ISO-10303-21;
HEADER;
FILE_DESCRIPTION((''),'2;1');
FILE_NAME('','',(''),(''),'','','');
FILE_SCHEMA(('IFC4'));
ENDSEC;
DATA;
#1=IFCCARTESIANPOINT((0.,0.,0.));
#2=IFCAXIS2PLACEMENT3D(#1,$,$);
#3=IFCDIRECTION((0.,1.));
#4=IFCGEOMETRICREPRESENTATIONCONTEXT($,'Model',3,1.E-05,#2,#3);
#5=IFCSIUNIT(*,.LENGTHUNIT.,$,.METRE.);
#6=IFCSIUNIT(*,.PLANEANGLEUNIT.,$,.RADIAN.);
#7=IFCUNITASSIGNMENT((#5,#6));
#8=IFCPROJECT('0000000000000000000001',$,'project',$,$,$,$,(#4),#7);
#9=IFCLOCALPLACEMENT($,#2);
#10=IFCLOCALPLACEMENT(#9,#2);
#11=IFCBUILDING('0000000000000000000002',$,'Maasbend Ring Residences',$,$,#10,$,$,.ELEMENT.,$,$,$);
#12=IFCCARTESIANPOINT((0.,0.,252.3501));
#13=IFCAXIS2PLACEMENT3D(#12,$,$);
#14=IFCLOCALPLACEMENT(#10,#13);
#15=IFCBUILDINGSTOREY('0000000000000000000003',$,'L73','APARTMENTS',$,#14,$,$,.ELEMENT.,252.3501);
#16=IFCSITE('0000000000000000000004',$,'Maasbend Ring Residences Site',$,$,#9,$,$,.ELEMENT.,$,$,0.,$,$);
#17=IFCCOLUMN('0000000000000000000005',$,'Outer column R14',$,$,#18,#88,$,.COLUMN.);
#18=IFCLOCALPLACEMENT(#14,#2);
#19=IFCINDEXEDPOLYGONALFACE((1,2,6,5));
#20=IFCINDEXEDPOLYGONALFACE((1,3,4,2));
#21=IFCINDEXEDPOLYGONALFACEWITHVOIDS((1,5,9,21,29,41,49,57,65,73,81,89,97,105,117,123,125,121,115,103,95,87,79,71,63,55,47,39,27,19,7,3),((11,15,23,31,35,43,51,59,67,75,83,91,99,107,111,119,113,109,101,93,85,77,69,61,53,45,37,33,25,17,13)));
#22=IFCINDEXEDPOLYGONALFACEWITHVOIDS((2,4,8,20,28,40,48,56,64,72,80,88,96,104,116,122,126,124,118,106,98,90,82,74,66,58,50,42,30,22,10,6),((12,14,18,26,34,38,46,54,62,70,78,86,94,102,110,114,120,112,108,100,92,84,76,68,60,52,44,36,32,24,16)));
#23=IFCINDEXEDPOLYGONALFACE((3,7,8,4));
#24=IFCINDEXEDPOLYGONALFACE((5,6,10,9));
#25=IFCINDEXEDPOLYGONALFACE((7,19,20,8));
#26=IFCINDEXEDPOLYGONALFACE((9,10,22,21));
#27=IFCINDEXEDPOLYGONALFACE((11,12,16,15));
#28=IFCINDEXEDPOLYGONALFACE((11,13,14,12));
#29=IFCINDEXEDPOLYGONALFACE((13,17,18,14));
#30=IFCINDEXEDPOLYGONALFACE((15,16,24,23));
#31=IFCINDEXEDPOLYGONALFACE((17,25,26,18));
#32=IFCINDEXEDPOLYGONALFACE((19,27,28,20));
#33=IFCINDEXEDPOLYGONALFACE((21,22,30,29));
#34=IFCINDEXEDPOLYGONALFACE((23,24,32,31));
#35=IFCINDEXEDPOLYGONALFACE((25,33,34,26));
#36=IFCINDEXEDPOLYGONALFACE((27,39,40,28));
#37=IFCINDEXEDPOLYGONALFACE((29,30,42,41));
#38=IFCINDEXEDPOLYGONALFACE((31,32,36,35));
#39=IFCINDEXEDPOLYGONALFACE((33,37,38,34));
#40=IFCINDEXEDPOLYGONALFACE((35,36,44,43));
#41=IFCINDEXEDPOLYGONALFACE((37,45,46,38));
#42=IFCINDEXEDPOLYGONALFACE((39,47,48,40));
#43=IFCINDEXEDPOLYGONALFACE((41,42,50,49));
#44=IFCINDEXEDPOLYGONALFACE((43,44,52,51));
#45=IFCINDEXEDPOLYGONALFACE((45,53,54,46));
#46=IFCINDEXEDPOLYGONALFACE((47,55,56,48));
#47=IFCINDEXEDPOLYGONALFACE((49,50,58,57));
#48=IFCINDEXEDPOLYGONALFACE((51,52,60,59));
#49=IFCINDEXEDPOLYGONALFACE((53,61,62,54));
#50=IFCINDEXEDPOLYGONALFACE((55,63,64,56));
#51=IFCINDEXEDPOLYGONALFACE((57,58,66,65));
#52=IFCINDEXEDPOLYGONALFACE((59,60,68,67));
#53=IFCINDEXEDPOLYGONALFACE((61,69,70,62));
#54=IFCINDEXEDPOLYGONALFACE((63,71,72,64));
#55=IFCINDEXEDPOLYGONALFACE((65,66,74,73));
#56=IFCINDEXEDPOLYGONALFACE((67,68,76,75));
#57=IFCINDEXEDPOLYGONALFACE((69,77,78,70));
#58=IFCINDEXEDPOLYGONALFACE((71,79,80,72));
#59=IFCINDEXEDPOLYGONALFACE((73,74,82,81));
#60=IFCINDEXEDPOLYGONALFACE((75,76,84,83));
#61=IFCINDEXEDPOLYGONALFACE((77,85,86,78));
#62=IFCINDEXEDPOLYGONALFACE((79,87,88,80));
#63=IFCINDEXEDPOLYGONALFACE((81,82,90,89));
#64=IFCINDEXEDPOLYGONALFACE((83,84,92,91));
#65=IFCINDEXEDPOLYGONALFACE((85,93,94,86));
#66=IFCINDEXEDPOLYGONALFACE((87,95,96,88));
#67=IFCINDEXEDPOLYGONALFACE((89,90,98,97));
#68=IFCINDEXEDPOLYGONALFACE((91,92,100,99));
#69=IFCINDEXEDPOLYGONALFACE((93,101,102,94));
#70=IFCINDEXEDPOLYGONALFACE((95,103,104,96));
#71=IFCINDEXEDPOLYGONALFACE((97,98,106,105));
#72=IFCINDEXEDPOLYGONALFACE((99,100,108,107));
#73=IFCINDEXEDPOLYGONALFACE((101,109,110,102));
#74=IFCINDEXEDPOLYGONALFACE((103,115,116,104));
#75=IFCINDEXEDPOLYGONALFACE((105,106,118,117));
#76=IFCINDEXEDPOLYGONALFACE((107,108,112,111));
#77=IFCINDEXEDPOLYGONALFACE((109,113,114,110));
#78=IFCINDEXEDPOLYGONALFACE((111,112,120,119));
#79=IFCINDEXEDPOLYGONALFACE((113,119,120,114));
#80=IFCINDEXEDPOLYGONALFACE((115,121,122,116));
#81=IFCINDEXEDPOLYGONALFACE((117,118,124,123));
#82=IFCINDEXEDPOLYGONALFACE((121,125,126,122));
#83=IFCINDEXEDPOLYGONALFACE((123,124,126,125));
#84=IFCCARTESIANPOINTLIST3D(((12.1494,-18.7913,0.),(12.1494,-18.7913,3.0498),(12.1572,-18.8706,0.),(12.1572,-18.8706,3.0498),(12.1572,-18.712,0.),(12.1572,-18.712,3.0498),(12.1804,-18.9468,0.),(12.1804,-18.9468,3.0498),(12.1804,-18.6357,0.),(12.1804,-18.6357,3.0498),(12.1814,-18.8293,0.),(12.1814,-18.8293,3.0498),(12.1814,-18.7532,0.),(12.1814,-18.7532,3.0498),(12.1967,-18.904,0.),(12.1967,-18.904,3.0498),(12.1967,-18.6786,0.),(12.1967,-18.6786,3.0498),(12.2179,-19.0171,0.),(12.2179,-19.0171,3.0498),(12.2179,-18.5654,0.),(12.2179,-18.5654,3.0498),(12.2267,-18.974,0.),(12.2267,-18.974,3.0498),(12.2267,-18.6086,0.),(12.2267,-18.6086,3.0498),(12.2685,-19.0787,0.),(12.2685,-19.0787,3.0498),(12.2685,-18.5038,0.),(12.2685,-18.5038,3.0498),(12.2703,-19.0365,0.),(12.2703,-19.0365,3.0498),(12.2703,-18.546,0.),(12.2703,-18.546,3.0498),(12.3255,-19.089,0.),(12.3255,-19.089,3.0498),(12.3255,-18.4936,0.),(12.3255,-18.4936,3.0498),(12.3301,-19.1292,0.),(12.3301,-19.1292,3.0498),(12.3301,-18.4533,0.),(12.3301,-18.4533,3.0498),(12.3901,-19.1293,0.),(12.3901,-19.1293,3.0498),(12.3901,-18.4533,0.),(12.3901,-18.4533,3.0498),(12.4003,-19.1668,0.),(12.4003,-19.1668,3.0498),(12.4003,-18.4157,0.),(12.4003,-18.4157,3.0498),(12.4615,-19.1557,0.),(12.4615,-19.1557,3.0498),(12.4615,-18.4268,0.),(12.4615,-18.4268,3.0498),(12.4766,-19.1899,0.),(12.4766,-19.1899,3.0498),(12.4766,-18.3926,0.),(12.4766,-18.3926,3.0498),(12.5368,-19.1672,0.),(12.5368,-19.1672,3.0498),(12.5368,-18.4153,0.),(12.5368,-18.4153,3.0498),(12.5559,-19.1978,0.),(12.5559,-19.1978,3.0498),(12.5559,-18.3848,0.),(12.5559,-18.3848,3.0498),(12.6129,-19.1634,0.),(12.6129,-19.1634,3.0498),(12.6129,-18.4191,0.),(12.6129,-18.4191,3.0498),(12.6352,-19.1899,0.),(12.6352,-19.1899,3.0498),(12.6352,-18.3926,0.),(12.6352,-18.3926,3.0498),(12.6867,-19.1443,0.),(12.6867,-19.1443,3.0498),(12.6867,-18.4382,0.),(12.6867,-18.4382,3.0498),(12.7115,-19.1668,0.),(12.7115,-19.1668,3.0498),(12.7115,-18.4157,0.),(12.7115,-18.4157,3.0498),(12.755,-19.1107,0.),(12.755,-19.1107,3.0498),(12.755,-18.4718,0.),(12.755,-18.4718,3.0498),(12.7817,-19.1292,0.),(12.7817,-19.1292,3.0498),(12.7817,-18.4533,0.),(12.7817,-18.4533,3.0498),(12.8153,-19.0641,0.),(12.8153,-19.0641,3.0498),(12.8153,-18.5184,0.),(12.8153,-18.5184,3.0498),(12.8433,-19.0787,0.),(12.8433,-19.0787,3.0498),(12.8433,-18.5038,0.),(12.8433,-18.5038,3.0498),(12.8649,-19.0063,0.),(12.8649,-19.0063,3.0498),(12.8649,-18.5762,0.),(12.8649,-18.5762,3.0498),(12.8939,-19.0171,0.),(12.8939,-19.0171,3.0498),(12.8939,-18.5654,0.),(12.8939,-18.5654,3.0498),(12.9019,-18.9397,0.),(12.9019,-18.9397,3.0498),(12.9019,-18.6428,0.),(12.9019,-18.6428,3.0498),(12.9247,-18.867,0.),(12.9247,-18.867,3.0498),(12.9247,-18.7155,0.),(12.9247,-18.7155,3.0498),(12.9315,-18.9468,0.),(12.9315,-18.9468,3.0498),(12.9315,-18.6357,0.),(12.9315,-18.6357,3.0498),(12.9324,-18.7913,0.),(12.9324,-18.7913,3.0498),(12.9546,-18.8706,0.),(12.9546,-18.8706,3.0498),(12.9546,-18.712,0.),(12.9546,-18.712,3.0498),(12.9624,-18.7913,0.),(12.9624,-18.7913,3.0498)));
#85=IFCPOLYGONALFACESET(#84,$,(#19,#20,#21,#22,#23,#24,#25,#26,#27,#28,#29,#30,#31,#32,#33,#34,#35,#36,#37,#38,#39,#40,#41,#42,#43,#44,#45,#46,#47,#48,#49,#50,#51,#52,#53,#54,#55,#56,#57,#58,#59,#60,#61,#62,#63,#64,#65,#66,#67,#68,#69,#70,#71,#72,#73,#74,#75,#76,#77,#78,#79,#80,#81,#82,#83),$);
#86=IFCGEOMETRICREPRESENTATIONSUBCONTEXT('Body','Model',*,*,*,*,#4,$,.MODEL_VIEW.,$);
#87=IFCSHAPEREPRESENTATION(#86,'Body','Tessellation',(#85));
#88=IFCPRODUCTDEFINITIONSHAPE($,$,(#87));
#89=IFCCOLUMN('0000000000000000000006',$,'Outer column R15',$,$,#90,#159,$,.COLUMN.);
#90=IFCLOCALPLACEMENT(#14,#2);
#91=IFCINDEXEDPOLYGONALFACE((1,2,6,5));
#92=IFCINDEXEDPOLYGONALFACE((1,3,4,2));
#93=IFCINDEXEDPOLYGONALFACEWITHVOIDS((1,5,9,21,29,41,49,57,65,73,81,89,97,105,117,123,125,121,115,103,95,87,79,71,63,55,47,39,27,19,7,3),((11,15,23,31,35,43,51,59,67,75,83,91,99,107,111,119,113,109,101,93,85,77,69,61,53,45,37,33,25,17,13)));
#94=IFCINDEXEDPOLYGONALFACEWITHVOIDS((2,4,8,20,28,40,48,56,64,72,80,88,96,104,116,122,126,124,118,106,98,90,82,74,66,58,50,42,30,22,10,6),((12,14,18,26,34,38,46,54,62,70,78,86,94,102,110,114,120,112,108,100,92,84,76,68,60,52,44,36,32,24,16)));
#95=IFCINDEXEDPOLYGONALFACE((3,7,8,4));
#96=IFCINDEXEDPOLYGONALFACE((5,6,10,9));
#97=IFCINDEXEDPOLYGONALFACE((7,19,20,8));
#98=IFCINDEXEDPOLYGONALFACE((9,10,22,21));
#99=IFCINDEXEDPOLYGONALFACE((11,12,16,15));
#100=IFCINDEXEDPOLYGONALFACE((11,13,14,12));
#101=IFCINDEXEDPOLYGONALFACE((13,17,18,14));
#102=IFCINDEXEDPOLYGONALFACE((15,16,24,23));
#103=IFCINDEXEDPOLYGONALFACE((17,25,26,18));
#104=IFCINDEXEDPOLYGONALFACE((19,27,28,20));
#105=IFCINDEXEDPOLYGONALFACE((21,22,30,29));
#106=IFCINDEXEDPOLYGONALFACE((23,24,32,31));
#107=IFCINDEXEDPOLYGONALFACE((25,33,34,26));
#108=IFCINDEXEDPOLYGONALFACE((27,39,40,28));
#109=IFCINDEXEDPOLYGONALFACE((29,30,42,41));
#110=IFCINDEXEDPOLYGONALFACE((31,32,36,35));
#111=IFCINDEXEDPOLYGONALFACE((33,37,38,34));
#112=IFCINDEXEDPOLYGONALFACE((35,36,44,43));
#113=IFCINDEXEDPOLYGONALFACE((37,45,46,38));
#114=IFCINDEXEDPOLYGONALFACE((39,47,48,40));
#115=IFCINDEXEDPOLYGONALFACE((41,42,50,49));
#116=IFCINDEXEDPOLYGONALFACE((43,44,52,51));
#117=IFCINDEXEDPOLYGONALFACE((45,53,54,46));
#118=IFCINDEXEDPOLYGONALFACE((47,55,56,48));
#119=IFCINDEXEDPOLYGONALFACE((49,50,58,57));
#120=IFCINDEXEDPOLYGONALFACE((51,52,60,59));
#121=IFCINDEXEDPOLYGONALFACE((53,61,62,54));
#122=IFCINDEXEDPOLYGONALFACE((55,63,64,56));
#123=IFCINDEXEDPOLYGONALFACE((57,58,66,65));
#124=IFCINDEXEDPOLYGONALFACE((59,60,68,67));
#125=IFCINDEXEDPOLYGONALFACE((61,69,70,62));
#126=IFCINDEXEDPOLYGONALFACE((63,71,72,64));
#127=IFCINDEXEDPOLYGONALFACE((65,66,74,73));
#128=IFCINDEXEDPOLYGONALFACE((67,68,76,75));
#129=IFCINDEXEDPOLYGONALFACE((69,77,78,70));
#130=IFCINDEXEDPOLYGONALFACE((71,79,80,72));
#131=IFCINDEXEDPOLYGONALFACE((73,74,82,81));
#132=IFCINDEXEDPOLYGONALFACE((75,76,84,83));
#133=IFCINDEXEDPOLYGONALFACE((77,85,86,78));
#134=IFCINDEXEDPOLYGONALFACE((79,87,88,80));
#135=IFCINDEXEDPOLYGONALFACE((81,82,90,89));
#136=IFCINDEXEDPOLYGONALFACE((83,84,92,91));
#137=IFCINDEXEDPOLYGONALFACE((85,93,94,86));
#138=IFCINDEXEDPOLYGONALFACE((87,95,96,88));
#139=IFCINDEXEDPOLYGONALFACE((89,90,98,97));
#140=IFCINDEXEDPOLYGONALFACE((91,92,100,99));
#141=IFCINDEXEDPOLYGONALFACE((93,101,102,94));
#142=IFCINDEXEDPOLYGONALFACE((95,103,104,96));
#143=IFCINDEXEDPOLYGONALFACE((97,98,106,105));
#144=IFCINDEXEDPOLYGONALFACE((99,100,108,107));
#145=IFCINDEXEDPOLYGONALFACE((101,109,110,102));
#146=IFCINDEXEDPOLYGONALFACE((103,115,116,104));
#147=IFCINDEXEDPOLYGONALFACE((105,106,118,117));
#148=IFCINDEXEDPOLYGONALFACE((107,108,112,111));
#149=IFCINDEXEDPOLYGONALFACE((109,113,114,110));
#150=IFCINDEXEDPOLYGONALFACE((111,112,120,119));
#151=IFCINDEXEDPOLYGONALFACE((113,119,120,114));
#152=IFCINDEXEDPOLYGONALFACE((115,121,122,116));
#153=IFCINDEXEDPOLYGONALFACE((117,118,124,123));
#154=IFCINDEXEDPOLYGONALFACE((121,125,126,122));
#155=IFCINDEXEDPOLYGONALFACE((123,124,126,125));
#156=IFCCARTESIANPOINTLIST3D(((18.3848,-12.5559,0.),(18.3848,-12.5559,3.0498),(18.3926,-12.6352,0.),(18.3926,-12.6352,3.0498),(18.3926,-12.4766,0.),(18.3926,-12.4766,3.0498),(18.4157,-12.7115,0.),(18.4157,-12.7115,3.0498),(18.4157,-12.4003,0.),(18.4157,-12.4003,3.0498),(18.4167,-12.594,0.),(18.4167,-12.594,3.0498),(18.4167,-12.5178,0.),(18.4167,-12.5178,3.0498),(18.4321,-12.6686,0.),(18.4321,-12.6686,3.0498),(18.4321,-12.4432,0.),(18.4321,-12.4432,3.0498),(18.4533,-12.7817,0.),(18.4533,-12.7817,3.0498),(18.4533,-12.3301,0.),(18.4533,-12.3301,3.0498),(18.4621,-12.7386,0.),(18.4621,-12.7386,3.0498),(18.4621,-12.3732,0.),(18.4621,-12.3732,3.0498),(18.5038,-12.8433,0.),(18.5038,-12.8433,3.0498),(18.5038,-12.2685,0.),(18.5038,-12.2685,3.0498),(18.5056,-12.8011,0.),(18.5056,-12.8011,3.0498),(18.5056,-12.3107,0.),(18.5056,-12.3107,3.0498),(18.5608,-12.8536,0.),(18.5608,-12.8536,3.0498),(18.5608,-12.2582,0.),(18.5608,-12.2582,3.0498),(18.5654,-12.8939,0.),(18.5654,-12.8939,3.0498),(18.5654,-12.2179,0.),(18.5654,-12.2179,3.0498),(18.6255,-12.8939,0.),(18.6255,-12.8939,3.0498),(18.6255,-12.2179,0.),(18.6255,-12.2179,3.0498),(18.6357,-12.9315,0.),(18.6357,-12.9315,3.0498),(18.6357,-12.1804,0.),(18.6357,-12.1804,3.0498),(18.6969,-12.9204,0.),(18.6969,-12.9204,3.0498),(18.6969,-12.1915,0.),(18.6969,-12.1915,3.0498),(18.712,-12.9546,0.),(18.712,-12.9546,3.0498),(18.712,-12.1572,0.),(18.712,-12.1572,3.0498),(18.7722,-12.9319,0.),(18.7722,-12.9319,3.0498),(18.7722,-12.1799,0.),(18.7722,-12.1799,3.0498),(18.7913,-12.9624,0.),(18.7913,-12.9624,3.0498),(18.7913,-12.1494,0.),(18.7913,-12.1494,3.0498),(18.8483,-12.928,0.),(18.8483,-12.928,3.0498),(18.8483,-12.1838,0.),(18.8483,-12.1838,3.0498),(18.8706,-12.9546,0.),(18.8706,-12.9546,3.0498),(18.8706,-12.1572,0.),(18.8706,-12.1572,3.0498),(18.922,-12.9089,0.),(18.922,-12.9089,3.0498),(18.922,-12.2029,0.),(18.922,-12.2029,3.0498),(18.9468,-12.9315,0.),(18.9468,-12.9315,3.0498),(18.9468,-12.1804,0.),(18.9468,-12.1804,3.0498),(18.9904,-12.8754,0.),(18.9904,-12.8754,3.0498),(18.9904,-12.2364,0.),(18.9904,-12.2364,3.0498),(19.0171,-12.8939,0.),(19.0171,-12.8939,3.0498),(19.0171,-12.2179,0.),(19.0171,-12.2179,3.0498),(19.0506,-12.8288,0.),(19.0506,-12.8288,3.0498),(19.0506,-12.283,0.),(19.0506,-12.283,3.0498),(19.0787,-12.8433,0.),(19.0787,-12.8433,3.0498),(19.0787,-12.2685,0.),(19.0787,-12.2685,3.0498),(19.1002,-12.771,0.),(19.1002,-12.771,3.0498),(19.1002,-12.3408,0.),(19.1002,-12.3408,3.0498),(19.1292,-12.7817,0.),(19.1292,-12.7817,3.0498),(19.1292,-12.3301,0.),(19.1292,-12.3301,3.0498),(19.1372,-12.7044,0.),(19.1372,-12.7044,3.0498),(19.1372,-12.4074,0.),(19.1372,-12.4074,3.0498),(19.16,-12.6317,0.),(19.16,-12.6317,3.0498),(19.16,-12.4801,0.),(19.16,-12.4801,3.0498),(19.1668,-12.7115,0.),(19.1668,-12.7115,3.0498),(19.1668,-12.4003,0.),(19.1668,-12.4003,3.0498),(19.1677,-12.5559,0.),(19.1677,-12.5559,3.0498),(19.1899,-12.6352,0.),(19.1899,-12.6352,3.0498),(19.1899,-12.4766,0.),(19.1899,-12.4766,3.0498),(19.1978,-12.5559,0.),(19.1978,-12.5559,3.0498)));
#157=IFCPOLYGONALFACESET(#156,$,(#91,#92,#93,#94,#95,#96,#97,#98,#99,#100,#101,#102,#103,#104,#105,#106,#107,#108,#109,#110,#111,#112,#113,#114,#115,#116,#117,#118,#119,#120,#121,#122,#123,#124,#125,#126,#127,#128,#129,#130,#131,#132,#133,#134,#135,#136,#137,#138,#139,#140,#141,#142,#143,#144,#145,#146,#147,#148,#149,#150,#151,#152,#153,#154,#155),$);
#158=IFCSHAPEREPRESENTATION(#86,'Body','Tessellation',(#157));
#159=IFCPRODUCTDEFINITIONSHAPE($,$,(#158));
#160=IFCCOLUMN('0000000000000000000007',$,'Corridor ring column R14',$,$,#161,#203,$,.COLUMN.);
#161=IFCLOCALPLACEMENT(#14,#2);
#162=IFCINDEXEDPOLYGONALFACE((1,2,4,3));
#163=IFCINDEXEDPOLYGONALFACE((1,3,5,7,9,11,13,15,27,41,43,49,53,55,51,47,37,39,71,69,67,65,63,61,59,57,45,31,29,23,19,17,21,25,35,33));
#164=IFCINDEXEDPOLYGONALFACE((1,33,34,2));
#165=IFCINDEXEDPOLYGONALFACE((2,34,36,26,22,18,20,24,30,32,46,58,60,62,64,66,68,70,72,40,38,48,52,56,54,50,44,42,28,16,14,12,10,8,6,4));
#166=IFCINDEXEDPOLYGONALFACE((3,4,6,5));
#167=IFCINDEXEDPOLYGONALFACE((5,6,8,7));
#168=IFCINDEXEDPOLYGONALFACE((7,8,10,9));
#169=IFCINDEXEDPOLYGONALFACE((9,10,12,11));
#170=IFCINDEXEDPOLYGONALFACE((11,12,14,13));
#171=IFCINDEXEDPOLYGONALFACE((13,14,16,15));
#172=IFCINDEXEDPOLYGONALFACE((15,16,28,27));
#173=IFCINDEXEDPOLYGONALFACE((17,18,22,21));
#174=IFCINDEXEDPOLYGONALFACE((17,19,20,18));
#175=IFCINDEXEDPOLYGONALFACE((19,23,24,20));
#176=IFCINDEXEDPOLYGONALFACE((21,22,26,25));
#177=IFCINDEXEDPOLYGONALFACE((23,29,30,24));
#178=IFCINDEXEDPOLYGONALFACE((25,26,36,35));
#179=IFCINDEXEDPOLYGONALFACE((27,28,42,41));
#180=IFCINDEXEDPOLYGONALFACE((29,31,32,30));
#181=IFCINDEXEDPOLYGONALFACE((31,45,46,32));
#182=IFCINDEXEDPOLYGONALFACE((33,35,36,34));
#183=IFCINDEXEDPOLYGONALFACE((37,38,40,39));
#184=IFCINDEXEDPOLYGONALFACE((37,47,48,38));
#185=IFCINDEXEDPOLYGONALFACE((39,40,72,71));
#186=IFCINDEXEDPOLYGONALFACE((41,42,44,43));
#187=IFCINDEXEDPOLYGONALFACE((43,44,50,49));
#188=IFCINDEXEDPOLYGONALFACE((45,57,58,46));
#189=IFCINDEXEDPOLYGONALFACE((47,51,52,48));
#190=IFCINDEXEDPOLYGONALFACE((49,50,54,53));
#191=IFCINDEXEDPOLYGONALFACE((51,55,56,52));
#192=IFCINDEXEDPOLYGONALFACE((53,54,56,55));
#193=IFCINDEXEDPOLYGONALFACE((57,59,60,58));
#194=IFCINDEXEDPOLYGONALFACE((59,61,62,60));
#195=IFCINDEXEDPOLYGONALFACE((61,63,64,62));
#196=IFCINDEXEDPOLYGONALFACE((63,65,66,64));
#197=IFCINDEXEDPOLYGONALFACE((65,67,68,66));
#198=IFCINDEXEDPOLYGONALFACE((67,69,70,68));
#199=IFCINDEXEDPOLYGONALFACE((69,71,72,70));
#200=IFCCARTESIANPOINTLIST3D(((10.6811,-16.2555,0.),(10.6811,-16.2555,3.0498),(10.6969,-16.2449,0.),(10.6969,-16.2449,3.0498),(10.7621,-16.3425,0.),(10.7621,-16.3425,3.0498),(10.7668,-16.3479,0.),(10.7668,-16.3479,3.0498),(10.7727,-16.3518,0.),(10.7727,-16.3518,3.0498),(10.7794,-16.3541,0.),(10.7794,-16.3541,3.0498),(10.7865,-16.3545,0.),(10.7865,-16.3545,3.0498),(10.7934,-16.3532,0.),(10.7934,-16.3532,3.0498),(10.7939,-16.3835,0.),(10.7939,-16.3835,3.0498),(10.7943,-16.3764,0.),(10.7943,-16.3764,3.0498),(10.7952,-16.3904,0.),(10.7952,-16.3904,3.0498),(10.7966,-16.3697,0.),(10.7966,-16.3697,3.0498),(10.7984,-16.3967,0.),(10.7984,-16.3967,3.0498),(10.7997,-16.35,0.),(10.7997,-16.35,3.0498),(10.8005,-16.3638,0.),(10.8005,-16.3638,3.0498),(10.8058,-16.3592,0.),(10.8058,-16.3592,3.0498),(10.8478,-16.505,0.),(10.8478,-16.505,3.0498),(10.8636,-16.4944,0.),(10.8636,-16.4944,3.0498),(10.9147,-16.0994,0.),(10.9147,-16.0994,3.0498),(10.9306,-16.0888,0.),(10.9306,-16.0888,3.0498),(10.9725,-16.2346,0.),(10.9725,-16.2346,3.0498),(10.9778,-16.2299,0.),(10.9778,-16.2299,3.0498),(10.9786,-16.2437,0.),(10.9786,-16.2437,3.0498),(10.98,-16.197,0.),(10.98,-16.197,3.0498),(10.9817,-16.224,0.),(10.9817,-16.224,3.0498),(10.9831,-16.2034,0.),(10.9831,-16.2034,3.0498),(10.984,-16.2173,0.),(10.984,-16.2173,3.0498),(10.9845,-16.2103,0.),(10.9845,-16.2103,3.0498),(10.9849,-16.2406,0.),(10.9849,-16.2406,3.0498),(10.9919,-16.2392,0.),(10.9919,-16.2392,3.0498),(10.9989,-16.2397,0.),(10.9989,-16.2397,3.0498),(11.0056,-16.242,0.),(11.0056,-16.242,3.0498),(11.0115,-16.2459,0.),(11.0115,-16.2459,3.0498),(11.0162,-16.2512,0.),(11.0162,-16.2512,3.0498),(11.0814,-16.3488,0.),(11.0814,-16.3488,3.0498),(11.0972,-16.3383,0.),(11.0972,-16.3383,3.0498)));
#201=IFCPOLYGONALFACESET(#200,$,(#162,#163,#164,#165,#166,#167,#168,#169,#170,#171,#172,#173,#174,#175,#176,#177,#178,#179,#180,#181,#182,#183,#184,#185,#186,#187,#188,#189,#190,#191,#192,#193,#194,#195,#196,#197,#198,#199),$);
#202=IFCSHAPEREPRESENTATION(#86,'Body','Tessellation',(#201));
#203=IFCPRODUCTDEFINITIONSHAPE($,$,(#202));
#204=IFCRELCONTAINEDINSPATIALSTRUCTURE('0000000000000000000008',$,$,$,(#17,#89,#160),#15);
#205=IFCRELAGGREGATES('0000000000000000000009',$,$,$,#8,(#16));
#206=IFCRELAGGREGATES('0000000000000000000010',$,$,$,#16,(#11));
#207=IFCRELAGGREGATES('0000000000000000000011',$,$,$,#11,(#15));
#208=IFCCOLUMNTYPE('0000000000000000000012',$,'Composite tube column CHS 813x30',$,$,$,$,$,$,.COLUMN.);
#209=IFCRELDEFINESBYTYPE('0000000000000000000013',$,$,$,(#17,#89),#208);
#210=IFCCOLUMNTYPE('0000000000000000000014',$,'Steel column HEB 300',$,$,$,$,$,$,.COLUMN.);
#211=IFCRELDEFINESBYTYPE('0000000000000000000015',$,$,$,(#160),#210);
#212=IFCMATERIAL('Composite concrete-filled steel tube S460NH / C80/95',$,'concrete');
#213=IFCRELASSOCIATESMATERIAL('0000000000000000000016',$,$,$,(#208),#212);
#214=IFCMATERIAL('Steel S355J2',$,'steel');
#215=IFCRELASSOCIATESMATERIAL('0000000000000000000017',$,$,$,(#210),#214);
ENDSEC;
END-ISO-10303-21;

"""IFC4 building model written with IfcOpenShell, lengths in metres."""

from ifc_helpers import new_model, si_unit, direction, frame, origin, origin_2d, place, context, subcontext, project, spatial, hollow_circle, i_section, extrude, material, material_profile, profile_set, type_object, element, save


model = new_model("IFC4")

# Units and contexts
model_context = context("Model", 3, precision=1e-05, world=origin(), true_north=direction((0.0, 1.0)))
body_context = subcontext(model_context, "Body", "Model", "MODEL_VIEW")
ifc_project = project(units=[si_unit("LENGTHUNIT", "METRE"), si_unit("PLANEANGLEUNIT", "RADIAN")], contexts=[model_context])

# Site, building, storey
site_placement = place(None, origin())
site = spatial("IfcSite", under=ifc_project, at=site_placement, Name="Maasbend Ring Residences Site", CompositionType="ELEMENT", RefElevation=0.0)
building_placement = place(site_placement, origin())
building = spatial("IfcBuilding", under=site, at=building_placement, Name="Maasbend Ring Residences", CompositionType="ELEMENT")
storey_placement = place(building_placement, frame((0.0, 0.0, 252.3501)))
storey = spatial("IfcBuildingStorey", under=building, at=storey_placement, Name="L73", Description="APARTMENTS", CompositionType="ELEMENT", Elevation=252.3501)

# Columns
ifc_material_1 = material(Name="Composite concrete-filled steel tube S460NH / C80/95", Category="concrete")
ifc_material_profile_1 = material_profile(ifc_material_1, hollow_circle(Radius=0.4065, WallThickness=0.03, at=origin_2d()), Name="Composite tube column CHS 813x30")
ifc_profile_set_1 = profile_set([ifc_material_profile_1], Name="Composite concrete-filled steel tube S460NH / C80/95")
column_type_1 = type_object("IfcColumnType", Name="Composite tube column CHS 813x30", PredefinedType="COLUMN", material=ifc_profile_set_1)
for number, where, z_axis, x_axis, name in (
    (1, (12.5559, -18.7913, 0.0), (0.0, 0.0, 1.0), (1.0, 0.0, 0.0), "Outer column R14"),
    (2, (18.7913, -12.5559, 0.0), (0.0, 0.0, 1.0), (1.0, 0.0, 0.0), "Outer column R15"),
):
    element("IfcColumn", number, at=place(storey_placement, frame(where, z_axis=z_axis, x_axis=x_axis)), inside=storey, type_object=column_type_1, Name=name, PredefinedType="COLUMN", context=body_context, shape_type="SweptSolid", body=[
        extrude(hollow_circle(Radius=0.4065, WallThickness=0.03, at=origin_2d()), origin(), (0.0, 0.0, 1.0), 3.0498),
    ])
ifc_material_2 = material(Name="Steel S355J2", Category="steel")
ifc_material_profile_2 = material_profile(ifc_material_2, i_section(OverallWidth=0.3, OverallDepth=0.3, WebThickness=0.011, FlangeThickness=0.019, FilletRadius=0.0271, at=origin_2d()), Name="HEB 300")
ifc_profile_set_2 = profile_set([ifc_material_profile_2], Name="Steel S355J2")
column_type_2 = type_object("IfcColumnType", Name="Steel column HEB 300", PredefinedType="COLUMN", material=ifc_profile_set_2)
for number, where, z_axis, x_axis, name in (
    (3, (10.8892, -16.2969, 0.0), (0.0, 0.0, 1.0), (0.55557, -0.83147, 0.0), "Corridor ring column R14"),
):
    element("IfcColumn", number, at=place(storey_placement, frame(where, z_axis=z_axis, x_axis=x_axis)), inside=storey, type_object=column_type_2, Name=name, PredefinedType="COLUMN", context=body_context, shape_type="SweptSolid", body=[
        extrude(i_section(OverallWidth=0.3, OverallDepth=0.3, WebThickness=0.011, FlangeThickness=0.019, FilletRadius=0.0271, at=origin_2d()), origin(), (0.0, 0.0, 1.0), 3.0498),
    ])

save(model, "model.ifc")
